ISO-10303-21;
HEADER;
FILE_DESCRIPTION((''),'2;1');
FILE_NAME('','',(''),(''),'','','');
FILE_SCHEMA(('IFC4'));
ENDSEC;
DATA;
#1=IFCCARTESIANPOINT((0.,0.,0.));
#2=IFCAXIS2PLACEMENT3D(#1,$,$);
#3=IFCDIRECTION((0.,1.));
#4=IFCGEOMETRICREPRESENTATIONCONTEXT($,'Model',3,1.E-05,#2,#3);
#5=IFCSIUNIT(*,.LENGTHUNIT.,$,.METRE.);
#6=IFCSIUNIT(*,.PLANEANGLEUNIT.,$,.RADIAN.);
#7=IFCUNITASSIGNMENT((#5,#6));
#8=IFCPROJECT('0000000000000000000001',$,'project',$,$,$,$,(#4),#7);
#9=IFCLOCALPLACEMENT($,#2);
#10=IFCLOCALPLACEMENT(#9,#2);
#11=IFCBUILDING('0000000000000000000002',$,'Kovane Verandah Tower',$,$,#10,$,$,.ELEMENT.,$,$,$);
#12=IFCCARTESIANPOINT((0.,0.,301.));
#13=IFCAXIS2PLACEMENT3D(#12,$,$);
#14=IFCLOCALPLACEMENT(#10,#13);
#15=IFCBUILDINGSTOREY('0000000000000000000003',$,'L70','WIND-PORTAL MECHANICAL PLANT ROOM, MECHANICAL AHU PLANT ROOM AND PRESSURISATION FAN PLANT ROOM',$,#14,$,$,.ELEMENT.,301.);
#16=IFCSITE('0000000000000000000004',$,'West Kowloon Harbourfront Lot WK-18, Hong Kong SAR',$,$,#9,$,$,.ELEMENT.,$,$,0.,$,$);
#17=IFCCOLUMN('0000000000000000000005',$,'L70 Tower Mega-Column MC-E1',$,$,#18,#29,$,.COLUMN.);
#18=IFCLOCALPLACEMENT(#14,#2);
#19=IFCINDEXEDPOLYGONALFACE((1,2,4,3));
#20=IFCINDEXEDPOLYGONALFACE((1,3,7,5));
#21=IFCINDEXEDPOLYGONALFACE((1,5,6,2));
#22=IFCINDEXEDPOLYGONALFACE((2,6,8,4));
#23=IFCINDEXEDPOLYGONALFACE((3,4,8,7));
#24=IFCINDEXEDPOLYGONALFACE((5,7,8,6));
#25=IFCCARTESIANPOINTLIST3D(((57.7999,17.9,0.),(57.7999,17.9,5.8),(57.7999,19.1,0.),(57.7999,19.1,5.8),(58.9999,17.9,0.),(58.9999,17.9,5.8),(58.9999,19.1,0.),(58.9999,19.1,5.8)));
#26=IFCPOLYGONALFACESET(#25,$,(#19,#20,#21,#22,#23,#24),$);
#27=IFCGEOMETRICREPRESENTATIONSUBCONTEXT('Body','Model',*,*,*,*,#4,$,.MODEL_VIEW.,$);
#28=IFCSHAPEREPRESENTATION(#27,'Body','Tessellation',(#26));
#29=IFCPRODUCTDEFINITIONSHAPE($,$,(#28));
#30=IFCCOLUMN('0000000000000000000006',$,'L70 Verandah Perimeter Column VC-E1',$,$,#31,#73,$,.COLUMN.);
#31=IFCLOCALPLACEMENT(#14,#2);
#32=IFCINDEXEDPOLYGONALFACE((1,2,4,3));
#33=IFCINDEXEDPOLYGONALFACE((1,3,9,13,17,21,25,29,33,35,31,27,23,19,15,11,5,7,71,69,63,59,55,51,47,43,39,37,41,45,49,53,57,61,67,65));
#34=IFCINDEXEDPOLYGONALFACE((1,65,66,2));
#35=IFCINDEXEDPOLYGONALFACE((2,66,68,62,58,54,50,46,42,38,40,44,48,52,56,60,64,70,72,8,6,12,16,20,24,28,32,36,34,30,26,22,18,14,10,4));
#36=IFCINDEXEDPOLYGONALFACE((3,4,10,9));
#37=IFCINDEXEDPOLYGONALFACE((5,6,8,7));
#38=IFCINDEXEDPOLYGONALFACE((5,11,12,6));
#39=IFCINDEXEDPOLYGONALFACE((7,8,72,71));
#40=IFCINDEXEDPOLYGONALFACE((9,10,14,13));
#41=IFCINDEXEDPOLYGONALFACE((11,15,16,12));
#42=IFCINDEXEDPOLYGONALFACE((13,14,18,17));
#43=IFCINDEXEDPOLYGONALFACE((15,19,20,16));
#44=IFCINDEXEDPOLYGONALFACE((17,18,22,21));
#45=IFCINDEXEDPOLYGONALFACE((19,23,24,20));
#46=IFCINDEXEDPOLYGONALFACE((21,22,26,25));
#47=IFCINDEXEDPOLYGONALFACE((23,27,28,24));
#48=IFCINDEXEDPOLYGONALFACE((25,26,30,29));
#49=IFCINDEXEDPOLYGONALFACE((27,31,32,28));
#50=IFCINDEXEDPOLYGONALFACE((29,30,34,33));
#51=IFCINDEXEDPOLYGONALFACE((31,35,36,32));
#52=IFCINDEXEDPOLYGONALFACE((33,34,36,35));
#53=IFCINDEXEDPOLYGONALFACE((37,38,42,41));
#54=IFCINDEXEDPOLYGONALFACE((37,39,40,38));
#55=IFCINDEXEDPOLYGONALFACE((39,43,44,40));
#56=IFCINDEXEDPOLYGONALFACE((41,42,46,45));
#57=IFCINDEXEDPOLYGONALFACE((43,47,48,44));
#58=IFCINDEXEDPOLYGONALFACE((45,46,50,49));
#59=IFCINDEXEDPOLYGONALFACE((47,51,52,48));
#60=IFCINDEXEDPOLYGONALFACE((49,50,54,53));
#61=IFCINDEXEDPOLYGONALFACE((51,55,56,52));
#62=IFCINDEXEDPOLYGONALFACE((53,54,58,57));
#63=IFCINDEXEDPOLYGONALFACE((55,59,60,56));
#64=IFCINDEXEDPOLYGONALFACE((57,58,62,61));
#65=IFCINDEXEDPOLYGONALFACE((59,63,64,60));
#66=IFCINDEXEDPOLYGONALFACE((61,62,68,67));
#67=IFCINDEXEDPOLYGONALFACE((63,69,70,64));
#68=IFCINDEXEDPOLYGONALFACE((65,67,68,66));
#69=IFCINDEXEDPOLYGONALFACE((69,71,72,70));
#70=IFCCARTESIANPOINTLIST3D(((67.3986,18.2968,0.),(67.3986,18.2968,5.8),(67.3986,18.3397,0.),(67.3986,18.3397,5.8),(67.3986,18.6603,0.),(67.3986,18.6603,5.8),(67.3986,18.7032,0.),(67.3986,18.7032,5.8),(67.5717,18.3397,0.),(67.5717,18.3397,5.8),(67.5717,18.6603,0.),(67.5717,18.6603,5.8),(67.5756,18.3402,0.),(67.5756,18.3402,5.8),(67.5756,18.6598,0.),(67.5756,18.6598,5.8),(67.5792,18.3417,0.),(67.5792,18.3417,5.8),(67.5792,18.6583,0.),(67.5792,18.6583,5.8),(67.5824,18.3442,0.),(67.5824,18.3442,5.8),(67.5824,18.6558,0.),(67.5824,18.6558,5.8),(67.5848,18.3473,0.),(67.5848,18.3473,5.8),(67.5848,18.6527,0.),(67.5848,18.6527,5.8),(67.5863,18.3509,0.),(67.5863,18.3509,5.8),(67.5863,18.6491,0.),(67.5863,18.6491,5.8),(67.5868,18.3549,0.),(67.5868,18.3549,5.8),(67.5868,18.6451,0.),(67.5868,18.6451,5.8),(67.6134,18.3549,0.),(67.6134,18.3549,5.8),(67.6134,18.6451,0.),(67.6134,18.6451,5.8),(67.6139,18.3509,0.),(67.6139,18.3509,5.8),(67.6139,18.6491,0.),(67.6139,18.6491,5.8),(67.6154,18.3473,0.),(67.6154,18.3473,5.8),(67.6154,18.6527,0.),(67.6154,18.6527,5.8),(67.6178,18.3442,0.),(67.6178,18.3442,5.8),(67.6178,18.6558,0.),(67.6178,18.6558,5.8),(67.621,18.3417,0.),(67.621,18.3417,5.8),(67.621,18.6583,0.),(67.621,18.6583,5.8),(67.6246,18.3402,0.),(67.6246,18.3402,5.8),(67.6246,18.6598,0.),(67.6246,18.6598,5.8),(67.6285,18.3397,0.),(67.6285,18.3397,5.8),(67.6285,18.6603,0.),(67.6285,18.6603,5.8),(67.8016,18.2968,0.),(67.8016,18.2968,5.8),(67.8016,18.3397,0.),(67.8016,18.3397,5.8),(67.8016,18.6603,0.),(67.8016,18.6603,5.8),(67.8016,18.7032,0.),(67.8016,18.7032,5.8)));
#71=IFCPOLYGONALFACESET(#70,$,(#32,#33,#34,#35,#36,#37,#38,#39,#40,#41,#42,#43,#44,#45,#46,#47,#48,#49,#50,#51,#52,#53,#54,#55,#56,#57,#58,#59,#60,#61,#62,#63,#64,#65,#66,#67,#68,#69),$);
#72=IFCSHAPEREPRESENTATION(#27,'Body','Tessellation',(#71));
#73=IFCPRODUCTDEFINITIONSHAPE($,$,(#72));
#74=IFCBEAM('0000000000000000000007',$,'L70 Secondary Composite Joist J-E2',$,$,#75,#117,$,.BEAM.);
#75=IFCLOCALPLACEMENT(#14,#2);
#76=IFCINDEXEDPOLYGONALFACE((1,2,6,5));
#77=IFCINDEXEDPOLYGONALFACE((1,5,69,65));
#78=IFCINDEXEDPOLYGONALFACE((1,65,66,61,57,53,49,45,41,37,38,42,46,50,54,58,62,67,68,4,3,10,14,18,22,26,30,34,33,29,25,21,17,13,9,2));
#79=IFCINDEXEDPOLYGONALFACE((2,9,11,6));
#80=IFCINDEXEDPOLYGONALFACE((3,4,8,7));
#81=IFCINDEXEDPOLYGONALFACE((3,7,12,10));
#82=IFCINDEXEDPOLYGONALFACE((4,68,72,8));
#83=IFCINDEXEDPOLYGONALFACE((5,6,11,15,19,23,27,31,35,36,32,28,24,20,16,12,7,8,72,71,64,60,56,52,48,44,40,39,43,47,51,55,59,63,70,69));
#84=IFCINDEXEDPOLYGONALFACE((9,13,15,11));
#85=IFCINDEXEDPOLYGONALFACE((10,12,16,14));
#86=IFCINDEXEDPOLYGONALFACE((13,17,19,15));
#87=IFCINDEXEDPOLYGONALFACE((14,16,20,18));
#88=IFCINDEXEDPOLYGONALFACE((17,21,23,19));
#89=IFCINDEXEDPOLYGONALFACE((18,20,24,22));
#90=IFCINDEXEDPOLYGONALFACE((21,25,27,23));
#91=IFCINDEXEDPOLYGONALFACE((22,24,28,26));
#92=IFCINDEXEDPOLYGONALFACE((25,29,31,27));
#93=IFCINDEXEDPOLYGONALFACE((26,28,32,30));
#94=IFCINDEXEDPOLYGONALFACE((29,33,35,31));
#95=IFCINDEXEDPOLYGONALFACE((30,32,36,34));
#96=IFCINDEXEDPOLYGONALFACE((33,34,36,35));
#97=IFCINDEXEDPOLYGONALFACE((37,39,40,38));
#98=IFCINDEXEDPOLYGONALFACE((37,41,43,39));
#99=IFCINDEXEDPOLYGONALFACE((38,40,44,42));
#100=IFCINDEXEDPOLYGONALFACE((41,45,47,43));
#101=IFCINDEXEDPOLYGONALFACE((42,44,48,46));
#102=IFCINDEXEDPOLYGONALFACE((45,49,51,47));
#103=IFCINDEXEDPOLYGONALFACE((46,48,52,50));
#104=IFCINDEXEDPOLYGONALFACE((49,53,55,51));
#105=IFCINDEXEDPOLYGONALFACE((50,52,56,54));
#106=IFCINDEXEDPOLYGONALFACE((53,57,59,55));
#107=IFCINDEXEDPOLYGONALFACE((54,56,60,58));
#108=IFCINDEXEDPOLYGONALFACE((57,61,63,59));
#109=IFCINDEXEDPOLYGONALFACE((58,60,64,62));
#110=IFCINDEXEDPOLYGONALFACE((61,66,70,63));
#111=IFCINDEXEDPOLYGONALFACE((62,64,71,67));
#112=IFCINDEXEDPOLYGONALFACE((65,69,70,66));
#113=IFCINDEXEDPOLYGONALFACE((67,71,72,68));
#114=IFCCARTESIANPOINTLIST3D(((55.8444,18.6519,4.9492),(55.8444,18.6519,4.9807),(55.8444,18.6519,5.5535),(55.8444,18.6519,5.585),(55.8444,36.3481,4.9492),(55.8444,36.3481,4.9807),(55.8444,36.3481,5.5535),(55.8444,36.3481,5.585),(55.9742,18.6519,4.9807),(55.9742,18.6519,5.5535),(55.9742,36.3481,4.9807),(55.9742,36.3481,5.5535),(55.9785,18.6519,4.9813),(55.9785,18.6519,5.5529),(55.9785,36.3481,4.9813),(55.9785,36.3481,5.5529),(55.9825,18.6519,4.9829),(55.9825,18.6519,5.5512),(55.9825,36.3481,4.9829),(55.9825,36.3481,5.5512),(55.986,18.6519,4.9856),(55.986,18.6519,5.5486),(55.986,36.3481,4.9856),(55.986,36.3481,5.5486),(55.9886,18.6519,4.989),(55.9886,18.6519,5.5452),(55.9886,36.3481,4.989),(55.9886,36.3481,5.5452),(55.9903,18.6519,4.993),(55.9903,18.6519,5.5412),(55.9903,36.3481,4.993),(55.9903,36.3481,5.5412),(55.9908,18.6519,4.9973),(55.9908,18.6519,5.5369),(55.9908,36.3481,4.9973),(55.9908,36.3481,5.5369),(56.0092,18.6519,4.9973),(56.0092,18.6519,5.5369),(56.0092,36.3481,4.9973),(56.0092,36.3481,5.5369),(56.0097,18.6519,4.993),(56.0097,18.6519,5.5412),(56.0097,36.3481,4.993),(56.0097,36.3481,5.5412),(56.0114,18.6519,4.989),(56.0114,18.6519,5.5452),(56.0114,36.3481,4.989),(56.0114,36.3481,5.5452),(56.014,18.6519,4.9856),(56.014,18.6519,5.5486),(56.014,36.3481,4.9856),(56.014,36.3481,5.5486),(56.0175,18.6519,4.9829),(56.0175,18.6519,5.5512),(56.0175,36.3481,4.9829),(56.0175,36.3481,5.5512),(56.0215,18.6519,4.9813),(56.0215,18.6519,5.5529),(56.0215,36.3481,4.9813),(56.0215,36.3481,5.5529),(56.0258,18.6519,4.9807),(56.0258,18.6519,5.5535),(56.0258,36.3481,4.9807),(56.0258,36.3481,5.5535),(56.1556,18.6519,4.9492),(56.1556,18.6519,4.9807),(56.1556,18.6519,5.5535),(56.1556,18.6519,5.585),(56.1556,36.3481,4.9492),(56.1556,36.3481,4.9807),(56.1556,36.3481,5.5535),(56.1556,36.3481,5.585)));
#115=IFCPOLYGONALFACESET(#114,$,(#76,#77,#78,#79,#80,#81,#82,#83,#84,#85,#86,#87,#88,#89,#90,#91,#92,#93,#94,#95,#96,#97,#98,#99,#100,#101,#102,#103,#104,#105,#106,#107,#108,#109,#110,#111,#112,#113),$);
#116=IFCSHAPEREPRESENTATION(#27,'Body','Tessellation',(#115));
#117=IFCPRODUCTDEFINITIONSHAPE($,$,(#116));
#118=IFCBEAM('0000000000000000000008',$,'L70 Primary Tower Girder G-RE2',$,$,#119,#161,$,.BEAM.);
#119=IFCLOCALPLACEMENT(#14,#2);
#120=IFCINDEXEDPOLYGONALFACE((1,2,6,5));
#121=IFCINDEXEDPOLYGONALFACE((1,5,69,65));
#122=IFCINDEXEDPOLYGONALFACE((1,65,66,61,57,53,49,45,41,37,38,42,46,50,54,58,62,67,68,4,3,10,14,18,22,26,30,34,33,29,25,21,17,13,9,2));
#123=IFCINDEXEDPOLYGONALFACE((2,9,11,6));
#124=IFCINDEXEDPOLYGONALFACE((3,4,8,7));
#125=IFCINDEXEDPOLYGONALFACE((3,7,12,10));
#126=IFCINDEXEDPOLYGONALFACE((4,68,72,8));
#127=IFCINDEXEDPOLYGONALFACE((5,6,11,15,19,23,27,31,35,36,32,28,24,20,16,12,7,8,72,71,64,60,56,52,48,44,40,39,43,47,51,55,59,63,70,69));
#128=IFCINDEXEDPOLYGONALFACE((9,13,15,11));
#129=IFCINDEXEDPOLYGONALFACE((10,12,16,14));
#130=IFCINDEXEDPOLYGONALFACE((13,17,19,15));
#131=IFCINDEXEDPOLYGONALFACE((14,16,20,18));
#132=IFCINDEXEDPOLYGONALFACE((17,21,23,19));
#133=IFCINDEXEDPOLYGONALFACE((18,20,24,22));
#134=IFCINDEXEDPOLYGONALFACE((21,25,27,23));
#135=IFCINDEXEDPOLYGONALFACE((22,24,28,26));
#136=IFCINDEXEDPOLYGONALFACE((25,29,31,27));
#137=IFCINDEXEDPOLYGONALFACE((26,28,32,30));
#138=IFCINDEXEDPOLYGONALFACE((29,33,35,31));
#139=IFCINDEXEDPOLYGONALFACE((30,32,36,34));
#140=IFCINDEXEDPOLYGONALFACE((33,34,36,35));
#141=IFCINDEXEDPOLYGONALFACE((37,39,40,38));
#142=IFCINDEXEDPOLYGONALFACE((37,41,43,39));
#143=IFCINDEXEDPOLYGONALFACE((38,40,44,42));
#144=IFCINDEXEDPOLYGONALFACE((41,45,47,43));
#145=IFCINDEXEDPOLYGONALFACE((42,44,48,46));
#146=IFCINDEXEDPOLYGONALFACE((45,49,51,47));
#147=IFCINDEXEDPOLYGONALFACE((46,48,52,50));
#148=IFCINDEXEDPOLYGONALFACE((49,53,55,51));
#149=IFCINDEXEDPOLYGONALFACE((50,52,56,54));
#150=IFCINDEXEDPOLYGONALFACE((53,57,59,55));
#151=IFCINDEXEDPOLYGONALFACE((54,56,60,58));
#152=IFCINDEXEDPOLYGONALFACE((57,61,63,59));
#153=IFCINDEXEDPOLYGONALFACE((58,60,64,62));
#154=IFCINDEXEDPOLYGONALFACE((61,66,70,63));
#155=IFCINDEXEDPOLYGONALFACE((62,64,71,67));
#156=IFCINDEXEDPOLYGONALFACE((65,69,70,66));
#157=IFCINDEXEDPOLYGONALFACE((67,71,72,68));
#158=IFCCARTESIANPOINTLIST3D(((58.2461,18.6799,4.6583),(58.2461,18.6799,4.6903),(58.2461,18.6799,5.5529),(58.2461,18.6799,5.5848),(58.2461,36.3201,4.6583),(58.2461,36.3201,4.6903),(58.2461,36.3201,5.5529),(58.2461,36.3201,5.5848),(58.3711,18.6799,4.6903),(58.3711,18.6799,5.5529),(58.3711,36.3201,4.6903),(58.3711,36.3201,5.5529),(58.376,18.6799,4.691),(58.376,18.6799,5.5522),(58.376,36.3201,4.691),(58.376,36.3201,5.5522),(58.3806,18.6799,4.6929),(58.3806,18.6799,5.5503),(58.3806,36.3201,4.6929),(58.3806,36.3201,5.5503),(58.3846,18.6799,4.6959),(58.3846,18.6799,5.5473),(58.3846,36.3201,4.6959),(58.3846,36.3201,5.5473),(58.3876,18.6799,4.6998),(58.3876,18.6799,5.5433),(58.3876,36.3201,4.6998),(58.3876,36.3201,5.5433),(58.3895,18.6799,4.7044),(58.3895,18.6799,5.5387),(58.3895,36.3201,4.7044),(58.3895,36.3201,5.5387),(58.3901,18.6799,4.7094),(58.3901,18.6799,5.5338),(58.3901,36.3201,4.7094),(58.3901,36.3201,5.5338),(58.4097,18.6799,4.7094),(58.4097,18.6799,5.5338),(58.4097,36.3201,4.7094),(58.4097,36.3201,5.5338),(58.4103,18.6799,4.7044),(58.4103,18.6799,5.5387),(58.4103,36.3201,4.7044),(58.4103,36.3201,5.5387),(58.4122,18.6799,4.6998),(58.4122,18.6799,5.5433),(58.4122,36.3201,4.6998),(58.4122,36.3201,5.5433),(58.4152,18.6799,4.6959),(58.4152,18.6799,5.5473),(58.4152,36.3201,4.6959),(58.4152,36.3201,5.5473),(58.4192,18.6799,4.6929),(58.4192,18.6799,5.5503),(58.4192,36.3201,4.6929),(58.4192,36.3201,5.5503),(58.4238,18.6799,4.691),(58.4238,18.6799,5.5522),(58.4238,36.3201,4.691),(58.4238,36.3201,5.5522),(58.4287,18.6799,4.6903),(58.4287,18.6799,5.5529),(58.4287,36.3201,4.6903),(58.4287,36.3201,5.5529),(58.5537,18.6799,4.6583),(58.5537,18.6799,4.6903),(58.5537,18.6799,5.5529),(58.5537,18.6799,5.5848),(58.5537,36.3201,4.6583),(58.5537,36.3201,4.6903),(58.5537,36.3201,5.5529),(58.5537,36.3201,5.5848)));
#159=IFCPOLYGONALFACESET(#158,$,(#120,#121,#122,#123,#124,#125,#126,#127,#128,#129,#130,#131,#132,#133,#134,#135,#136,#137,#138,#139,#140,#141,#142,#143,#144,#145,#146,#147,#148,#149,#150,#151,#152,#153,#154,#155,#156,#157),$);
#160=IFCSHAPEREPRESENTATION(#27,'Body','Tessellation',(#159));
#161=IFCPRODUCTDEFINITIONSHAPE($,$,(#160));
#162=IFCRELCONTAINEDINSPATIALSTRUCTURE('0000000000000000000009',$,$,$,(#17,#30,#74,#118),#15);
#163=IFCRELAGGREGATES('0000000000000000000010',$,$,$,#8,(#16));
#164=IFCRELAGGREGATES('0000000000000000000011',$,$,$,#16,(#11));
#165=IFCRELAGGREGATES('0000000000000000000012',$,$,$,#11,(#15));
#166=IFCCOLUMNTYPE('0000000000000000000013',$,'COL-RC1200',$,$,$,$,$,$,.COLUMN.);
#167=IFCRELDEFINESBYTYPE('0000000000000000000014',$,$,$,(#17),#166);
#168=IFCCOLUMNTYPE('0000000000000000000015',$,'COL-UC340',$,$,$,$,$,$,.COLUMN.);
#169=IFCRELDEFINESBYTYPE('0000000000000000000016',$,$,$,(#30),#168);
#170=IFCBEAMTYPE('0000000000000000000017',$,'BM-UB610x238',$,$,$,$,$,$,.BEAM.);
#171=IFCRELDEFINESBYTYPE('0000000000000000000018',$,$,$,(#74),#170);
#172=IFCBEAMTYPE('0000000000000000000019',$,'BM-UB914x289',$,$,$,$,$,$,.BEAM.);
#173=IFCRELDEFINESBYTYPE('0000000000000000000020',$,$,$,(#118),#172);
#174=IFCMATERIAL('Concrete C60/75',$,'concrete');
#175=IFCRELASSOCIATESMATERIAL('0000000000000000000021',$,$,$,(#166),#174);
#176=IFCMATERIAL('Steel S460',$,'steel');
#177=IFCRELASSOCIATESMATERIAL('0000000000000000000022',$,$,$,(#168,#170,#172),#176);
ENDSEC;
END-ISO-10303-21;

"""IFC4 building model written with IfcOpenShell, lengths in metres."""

from ifc_helpers import new_model, si_unit, direction, frame, origin, origin_2d, place, context, subcontext, project, spatial, rectangle, i_section, extrude, material, material_profile, profile_set, type_object, element, save


model = new_model("IFC4")

# Units and contexts
model_context = context("Model", 3, precision=1e-05, world=origin(), true_north=direction((0.0, 1.0)))
body_context = subcontext(model_context, "Body", "Model", "MODEL_VIEW")
ifc_project = project(units=[si_unit("LENGTHUNIT", "METRE"), si_unit("PLANEANGLEUNIT", "RADIAN")], contexts=[model_context])

# Site, building, storey
site_placement = place(None, origin())
site = spatial("IfcSite", under=ifc_project, at=site_placement, Name="West Kowloon Harbourfront Lot WK-18, Hong Kong SAR", CompositionType="ELEMENT", RefElevation=0.0)
building_placement = place(site_placement, origin())
building = spatial("IfcBuilding", under=site, at=building_placement, Name="Kovane Verandah Tower", CompositionType="ELEMENT")
storey_placement = place(building_placement, frame((0.0, 0.0, 301.0)))
storey = spatial("IfcBuildingStorey", under=building, at=storey_placement, Name="L70", Description="WIND-PORTAL MECHANICAL PLANT ROOM, MECHANICAL AHU PLANT ROOM AND PRESSURISATION FAN PLANT ROOM", CompositionType="ELEMENT", Elevation=301.0)

# Columns
ifc_material_1 = material(Name="Concrete C60/75", Category="concrete")
ifc_material_profile_1 = material_profile(ifc_material_1, rectangle(XDim=1.2, YDim=1.2, at=origin_2d()), Name="RC1200x1200")
ifc_profile_set_1 = profile_set([ifc_material_profile_1], Name="Concrete C60/75")
column_type_1 = type_object("IfcColumnType", Name="COL-RC1200", PredefinedType="COLUMN", material=ifc_profile_set_1)
column_1_placement = place(storey_placement, frame((58.3999, 18.5, 0.0), z_axis=(0.0, 0.0, 1.0), x_axis=(1.0, 0.0, 0.0)))
element("IfcColumn", 1, at=column_1_placement, inside=storey, type_object=column_type_1, Name="L70 Tower Mega-Column MC-E1", PredefinedType="COLUMN", context=body_context, shape_type="SweptSolid", body=[
    extrude(rectangle(XDim=1.2, YDim=1.2, at=origin_2d()), origin(), (0.0, 0.0, 1.0), 5.8),
])
ifc_material_2 = material(Name="Steel S460", Category="steel")
ifc_material_profile_2 = material_profile(ifc_material_2, i_section(OverallWidth=0.4031, OverallDepth=0.4065, WebThickness=0.0266, FlangeThickness=0.043, FilletRadius=0.0151, at=origin_2d()), Name="UC356x406x340")
ifc_profile_set_2 = profile_set([ifc_material_profile_2], Name="Steel S460")
column_type_2 = type_object("IfcColumnType", Name="COL-UC340", PredefinedType="COLUMN", material=ifc_profile_set_2)
column_2_placement = place(storey_placement, frame((67.6001, 18.5, 0.0), z_axis=(0.0, 0.0, 1.0), x_axis=(1.0, 0.0, 0.0)))
element("IfcColumn", 2, at=column_2_placement, inside=storey, type_object=column_type_2, Name="L70 Verandah Perimeter Column VC-E1", PredefinedType="COLUMN", context=body_context, shape_type="SweptSolid", body=[
    extrude(i_section(OverallWidth=0.4031, OverallDepth=0.4065, WebThickness=0.0266, FlangeThickness=0.043, FilletRadius=0.0151, at=origin_2d()), origin(), (0.0, 0.0, 1.0), 5.8),
])

# Beams
ifc_material_profile_3 = material_profile(ifc_material_2, i_section(OverallWidth=0.3113, OverallDepth=0.6357, WebThickness=0.0183, FlangeThickness=0.0315, FilletRadius=0.0166, at=origin_2d()), Name="UB610x305x238")
ifc_profile_set_3 = profile_set([ifc_material_profile_3], Name="Steel S460")
beam_type_1 = type_object("IfcBeamType", Name="BM-UB610x238", PredefinedType="BEAM", material=ifc_profile_set_3)
beam_1_placement = place(storey_placement, frame((56.0, 18.6519, 5.2671), z_axis=(0.0, 1.0, 0.0), x_axis=(-1.0, 0.0, 0.0)))
element("IfcBeam", 3, at=beam_1_placement, inside=storey, type_object=beam_type_1, Name="L70 Secondary Composite Joist J-E2", PredefinedType="BEAM", context=body_context, shape_type="SweptSolid", body=[
    extrude(i_section(OverallWidth=0.3113, OverallDepth=0.6357, WebThickness=0.0183, FlangeThickness=0.0315, FilletRadius=0.0166, at=origin_2d()), origin(), (0.0, 0.0, 1.0), 17.6963),
])
ifc_material_profile_4 = material_profile(ifc_material_2, i_section(OverallWidth=0.3076, OverallDepth=0.9265, WebThickness=0.0195, FlangeThickness=0.032, FilletRadius=0.019, at=origin_2d()), Name="UB914x305x289")
ifc_profile_set_4 = profile_set([ifc_material_profile_4], Name="Steel S460")
beam_type_2 = type_object("IfcBeamType", Name="BM-UB914x289", PredefinedType="BEAM", material=ifc_profile_set_4)
beam_2_placement = place(storey_placement, frame((58.3999, 18.6799, 5.1216), z_axis=(0.0, 1.0, 0.0), x_axis=(-1.0, 0.0, 0.0)))
element("IfcBeam", 4, at=beam_2_placement, inside=storey, type_object=beam_type_2, Name="L70 Primary Tower Girder G-RE2", PredefinedType="BEAM", context=body_context, shape_type="SweptSolid", body=[
    extrude(i_section(OverallWidth=0.3076, OverallDepth=0.9265, WebThickness=0.0195, FlangeThickness=0.032, FilletRadius=0.019, at=origin_2d()), origin(), (0.0, 0.0, 1.0), 17.6401),
])

save(model, "model.ifc")
